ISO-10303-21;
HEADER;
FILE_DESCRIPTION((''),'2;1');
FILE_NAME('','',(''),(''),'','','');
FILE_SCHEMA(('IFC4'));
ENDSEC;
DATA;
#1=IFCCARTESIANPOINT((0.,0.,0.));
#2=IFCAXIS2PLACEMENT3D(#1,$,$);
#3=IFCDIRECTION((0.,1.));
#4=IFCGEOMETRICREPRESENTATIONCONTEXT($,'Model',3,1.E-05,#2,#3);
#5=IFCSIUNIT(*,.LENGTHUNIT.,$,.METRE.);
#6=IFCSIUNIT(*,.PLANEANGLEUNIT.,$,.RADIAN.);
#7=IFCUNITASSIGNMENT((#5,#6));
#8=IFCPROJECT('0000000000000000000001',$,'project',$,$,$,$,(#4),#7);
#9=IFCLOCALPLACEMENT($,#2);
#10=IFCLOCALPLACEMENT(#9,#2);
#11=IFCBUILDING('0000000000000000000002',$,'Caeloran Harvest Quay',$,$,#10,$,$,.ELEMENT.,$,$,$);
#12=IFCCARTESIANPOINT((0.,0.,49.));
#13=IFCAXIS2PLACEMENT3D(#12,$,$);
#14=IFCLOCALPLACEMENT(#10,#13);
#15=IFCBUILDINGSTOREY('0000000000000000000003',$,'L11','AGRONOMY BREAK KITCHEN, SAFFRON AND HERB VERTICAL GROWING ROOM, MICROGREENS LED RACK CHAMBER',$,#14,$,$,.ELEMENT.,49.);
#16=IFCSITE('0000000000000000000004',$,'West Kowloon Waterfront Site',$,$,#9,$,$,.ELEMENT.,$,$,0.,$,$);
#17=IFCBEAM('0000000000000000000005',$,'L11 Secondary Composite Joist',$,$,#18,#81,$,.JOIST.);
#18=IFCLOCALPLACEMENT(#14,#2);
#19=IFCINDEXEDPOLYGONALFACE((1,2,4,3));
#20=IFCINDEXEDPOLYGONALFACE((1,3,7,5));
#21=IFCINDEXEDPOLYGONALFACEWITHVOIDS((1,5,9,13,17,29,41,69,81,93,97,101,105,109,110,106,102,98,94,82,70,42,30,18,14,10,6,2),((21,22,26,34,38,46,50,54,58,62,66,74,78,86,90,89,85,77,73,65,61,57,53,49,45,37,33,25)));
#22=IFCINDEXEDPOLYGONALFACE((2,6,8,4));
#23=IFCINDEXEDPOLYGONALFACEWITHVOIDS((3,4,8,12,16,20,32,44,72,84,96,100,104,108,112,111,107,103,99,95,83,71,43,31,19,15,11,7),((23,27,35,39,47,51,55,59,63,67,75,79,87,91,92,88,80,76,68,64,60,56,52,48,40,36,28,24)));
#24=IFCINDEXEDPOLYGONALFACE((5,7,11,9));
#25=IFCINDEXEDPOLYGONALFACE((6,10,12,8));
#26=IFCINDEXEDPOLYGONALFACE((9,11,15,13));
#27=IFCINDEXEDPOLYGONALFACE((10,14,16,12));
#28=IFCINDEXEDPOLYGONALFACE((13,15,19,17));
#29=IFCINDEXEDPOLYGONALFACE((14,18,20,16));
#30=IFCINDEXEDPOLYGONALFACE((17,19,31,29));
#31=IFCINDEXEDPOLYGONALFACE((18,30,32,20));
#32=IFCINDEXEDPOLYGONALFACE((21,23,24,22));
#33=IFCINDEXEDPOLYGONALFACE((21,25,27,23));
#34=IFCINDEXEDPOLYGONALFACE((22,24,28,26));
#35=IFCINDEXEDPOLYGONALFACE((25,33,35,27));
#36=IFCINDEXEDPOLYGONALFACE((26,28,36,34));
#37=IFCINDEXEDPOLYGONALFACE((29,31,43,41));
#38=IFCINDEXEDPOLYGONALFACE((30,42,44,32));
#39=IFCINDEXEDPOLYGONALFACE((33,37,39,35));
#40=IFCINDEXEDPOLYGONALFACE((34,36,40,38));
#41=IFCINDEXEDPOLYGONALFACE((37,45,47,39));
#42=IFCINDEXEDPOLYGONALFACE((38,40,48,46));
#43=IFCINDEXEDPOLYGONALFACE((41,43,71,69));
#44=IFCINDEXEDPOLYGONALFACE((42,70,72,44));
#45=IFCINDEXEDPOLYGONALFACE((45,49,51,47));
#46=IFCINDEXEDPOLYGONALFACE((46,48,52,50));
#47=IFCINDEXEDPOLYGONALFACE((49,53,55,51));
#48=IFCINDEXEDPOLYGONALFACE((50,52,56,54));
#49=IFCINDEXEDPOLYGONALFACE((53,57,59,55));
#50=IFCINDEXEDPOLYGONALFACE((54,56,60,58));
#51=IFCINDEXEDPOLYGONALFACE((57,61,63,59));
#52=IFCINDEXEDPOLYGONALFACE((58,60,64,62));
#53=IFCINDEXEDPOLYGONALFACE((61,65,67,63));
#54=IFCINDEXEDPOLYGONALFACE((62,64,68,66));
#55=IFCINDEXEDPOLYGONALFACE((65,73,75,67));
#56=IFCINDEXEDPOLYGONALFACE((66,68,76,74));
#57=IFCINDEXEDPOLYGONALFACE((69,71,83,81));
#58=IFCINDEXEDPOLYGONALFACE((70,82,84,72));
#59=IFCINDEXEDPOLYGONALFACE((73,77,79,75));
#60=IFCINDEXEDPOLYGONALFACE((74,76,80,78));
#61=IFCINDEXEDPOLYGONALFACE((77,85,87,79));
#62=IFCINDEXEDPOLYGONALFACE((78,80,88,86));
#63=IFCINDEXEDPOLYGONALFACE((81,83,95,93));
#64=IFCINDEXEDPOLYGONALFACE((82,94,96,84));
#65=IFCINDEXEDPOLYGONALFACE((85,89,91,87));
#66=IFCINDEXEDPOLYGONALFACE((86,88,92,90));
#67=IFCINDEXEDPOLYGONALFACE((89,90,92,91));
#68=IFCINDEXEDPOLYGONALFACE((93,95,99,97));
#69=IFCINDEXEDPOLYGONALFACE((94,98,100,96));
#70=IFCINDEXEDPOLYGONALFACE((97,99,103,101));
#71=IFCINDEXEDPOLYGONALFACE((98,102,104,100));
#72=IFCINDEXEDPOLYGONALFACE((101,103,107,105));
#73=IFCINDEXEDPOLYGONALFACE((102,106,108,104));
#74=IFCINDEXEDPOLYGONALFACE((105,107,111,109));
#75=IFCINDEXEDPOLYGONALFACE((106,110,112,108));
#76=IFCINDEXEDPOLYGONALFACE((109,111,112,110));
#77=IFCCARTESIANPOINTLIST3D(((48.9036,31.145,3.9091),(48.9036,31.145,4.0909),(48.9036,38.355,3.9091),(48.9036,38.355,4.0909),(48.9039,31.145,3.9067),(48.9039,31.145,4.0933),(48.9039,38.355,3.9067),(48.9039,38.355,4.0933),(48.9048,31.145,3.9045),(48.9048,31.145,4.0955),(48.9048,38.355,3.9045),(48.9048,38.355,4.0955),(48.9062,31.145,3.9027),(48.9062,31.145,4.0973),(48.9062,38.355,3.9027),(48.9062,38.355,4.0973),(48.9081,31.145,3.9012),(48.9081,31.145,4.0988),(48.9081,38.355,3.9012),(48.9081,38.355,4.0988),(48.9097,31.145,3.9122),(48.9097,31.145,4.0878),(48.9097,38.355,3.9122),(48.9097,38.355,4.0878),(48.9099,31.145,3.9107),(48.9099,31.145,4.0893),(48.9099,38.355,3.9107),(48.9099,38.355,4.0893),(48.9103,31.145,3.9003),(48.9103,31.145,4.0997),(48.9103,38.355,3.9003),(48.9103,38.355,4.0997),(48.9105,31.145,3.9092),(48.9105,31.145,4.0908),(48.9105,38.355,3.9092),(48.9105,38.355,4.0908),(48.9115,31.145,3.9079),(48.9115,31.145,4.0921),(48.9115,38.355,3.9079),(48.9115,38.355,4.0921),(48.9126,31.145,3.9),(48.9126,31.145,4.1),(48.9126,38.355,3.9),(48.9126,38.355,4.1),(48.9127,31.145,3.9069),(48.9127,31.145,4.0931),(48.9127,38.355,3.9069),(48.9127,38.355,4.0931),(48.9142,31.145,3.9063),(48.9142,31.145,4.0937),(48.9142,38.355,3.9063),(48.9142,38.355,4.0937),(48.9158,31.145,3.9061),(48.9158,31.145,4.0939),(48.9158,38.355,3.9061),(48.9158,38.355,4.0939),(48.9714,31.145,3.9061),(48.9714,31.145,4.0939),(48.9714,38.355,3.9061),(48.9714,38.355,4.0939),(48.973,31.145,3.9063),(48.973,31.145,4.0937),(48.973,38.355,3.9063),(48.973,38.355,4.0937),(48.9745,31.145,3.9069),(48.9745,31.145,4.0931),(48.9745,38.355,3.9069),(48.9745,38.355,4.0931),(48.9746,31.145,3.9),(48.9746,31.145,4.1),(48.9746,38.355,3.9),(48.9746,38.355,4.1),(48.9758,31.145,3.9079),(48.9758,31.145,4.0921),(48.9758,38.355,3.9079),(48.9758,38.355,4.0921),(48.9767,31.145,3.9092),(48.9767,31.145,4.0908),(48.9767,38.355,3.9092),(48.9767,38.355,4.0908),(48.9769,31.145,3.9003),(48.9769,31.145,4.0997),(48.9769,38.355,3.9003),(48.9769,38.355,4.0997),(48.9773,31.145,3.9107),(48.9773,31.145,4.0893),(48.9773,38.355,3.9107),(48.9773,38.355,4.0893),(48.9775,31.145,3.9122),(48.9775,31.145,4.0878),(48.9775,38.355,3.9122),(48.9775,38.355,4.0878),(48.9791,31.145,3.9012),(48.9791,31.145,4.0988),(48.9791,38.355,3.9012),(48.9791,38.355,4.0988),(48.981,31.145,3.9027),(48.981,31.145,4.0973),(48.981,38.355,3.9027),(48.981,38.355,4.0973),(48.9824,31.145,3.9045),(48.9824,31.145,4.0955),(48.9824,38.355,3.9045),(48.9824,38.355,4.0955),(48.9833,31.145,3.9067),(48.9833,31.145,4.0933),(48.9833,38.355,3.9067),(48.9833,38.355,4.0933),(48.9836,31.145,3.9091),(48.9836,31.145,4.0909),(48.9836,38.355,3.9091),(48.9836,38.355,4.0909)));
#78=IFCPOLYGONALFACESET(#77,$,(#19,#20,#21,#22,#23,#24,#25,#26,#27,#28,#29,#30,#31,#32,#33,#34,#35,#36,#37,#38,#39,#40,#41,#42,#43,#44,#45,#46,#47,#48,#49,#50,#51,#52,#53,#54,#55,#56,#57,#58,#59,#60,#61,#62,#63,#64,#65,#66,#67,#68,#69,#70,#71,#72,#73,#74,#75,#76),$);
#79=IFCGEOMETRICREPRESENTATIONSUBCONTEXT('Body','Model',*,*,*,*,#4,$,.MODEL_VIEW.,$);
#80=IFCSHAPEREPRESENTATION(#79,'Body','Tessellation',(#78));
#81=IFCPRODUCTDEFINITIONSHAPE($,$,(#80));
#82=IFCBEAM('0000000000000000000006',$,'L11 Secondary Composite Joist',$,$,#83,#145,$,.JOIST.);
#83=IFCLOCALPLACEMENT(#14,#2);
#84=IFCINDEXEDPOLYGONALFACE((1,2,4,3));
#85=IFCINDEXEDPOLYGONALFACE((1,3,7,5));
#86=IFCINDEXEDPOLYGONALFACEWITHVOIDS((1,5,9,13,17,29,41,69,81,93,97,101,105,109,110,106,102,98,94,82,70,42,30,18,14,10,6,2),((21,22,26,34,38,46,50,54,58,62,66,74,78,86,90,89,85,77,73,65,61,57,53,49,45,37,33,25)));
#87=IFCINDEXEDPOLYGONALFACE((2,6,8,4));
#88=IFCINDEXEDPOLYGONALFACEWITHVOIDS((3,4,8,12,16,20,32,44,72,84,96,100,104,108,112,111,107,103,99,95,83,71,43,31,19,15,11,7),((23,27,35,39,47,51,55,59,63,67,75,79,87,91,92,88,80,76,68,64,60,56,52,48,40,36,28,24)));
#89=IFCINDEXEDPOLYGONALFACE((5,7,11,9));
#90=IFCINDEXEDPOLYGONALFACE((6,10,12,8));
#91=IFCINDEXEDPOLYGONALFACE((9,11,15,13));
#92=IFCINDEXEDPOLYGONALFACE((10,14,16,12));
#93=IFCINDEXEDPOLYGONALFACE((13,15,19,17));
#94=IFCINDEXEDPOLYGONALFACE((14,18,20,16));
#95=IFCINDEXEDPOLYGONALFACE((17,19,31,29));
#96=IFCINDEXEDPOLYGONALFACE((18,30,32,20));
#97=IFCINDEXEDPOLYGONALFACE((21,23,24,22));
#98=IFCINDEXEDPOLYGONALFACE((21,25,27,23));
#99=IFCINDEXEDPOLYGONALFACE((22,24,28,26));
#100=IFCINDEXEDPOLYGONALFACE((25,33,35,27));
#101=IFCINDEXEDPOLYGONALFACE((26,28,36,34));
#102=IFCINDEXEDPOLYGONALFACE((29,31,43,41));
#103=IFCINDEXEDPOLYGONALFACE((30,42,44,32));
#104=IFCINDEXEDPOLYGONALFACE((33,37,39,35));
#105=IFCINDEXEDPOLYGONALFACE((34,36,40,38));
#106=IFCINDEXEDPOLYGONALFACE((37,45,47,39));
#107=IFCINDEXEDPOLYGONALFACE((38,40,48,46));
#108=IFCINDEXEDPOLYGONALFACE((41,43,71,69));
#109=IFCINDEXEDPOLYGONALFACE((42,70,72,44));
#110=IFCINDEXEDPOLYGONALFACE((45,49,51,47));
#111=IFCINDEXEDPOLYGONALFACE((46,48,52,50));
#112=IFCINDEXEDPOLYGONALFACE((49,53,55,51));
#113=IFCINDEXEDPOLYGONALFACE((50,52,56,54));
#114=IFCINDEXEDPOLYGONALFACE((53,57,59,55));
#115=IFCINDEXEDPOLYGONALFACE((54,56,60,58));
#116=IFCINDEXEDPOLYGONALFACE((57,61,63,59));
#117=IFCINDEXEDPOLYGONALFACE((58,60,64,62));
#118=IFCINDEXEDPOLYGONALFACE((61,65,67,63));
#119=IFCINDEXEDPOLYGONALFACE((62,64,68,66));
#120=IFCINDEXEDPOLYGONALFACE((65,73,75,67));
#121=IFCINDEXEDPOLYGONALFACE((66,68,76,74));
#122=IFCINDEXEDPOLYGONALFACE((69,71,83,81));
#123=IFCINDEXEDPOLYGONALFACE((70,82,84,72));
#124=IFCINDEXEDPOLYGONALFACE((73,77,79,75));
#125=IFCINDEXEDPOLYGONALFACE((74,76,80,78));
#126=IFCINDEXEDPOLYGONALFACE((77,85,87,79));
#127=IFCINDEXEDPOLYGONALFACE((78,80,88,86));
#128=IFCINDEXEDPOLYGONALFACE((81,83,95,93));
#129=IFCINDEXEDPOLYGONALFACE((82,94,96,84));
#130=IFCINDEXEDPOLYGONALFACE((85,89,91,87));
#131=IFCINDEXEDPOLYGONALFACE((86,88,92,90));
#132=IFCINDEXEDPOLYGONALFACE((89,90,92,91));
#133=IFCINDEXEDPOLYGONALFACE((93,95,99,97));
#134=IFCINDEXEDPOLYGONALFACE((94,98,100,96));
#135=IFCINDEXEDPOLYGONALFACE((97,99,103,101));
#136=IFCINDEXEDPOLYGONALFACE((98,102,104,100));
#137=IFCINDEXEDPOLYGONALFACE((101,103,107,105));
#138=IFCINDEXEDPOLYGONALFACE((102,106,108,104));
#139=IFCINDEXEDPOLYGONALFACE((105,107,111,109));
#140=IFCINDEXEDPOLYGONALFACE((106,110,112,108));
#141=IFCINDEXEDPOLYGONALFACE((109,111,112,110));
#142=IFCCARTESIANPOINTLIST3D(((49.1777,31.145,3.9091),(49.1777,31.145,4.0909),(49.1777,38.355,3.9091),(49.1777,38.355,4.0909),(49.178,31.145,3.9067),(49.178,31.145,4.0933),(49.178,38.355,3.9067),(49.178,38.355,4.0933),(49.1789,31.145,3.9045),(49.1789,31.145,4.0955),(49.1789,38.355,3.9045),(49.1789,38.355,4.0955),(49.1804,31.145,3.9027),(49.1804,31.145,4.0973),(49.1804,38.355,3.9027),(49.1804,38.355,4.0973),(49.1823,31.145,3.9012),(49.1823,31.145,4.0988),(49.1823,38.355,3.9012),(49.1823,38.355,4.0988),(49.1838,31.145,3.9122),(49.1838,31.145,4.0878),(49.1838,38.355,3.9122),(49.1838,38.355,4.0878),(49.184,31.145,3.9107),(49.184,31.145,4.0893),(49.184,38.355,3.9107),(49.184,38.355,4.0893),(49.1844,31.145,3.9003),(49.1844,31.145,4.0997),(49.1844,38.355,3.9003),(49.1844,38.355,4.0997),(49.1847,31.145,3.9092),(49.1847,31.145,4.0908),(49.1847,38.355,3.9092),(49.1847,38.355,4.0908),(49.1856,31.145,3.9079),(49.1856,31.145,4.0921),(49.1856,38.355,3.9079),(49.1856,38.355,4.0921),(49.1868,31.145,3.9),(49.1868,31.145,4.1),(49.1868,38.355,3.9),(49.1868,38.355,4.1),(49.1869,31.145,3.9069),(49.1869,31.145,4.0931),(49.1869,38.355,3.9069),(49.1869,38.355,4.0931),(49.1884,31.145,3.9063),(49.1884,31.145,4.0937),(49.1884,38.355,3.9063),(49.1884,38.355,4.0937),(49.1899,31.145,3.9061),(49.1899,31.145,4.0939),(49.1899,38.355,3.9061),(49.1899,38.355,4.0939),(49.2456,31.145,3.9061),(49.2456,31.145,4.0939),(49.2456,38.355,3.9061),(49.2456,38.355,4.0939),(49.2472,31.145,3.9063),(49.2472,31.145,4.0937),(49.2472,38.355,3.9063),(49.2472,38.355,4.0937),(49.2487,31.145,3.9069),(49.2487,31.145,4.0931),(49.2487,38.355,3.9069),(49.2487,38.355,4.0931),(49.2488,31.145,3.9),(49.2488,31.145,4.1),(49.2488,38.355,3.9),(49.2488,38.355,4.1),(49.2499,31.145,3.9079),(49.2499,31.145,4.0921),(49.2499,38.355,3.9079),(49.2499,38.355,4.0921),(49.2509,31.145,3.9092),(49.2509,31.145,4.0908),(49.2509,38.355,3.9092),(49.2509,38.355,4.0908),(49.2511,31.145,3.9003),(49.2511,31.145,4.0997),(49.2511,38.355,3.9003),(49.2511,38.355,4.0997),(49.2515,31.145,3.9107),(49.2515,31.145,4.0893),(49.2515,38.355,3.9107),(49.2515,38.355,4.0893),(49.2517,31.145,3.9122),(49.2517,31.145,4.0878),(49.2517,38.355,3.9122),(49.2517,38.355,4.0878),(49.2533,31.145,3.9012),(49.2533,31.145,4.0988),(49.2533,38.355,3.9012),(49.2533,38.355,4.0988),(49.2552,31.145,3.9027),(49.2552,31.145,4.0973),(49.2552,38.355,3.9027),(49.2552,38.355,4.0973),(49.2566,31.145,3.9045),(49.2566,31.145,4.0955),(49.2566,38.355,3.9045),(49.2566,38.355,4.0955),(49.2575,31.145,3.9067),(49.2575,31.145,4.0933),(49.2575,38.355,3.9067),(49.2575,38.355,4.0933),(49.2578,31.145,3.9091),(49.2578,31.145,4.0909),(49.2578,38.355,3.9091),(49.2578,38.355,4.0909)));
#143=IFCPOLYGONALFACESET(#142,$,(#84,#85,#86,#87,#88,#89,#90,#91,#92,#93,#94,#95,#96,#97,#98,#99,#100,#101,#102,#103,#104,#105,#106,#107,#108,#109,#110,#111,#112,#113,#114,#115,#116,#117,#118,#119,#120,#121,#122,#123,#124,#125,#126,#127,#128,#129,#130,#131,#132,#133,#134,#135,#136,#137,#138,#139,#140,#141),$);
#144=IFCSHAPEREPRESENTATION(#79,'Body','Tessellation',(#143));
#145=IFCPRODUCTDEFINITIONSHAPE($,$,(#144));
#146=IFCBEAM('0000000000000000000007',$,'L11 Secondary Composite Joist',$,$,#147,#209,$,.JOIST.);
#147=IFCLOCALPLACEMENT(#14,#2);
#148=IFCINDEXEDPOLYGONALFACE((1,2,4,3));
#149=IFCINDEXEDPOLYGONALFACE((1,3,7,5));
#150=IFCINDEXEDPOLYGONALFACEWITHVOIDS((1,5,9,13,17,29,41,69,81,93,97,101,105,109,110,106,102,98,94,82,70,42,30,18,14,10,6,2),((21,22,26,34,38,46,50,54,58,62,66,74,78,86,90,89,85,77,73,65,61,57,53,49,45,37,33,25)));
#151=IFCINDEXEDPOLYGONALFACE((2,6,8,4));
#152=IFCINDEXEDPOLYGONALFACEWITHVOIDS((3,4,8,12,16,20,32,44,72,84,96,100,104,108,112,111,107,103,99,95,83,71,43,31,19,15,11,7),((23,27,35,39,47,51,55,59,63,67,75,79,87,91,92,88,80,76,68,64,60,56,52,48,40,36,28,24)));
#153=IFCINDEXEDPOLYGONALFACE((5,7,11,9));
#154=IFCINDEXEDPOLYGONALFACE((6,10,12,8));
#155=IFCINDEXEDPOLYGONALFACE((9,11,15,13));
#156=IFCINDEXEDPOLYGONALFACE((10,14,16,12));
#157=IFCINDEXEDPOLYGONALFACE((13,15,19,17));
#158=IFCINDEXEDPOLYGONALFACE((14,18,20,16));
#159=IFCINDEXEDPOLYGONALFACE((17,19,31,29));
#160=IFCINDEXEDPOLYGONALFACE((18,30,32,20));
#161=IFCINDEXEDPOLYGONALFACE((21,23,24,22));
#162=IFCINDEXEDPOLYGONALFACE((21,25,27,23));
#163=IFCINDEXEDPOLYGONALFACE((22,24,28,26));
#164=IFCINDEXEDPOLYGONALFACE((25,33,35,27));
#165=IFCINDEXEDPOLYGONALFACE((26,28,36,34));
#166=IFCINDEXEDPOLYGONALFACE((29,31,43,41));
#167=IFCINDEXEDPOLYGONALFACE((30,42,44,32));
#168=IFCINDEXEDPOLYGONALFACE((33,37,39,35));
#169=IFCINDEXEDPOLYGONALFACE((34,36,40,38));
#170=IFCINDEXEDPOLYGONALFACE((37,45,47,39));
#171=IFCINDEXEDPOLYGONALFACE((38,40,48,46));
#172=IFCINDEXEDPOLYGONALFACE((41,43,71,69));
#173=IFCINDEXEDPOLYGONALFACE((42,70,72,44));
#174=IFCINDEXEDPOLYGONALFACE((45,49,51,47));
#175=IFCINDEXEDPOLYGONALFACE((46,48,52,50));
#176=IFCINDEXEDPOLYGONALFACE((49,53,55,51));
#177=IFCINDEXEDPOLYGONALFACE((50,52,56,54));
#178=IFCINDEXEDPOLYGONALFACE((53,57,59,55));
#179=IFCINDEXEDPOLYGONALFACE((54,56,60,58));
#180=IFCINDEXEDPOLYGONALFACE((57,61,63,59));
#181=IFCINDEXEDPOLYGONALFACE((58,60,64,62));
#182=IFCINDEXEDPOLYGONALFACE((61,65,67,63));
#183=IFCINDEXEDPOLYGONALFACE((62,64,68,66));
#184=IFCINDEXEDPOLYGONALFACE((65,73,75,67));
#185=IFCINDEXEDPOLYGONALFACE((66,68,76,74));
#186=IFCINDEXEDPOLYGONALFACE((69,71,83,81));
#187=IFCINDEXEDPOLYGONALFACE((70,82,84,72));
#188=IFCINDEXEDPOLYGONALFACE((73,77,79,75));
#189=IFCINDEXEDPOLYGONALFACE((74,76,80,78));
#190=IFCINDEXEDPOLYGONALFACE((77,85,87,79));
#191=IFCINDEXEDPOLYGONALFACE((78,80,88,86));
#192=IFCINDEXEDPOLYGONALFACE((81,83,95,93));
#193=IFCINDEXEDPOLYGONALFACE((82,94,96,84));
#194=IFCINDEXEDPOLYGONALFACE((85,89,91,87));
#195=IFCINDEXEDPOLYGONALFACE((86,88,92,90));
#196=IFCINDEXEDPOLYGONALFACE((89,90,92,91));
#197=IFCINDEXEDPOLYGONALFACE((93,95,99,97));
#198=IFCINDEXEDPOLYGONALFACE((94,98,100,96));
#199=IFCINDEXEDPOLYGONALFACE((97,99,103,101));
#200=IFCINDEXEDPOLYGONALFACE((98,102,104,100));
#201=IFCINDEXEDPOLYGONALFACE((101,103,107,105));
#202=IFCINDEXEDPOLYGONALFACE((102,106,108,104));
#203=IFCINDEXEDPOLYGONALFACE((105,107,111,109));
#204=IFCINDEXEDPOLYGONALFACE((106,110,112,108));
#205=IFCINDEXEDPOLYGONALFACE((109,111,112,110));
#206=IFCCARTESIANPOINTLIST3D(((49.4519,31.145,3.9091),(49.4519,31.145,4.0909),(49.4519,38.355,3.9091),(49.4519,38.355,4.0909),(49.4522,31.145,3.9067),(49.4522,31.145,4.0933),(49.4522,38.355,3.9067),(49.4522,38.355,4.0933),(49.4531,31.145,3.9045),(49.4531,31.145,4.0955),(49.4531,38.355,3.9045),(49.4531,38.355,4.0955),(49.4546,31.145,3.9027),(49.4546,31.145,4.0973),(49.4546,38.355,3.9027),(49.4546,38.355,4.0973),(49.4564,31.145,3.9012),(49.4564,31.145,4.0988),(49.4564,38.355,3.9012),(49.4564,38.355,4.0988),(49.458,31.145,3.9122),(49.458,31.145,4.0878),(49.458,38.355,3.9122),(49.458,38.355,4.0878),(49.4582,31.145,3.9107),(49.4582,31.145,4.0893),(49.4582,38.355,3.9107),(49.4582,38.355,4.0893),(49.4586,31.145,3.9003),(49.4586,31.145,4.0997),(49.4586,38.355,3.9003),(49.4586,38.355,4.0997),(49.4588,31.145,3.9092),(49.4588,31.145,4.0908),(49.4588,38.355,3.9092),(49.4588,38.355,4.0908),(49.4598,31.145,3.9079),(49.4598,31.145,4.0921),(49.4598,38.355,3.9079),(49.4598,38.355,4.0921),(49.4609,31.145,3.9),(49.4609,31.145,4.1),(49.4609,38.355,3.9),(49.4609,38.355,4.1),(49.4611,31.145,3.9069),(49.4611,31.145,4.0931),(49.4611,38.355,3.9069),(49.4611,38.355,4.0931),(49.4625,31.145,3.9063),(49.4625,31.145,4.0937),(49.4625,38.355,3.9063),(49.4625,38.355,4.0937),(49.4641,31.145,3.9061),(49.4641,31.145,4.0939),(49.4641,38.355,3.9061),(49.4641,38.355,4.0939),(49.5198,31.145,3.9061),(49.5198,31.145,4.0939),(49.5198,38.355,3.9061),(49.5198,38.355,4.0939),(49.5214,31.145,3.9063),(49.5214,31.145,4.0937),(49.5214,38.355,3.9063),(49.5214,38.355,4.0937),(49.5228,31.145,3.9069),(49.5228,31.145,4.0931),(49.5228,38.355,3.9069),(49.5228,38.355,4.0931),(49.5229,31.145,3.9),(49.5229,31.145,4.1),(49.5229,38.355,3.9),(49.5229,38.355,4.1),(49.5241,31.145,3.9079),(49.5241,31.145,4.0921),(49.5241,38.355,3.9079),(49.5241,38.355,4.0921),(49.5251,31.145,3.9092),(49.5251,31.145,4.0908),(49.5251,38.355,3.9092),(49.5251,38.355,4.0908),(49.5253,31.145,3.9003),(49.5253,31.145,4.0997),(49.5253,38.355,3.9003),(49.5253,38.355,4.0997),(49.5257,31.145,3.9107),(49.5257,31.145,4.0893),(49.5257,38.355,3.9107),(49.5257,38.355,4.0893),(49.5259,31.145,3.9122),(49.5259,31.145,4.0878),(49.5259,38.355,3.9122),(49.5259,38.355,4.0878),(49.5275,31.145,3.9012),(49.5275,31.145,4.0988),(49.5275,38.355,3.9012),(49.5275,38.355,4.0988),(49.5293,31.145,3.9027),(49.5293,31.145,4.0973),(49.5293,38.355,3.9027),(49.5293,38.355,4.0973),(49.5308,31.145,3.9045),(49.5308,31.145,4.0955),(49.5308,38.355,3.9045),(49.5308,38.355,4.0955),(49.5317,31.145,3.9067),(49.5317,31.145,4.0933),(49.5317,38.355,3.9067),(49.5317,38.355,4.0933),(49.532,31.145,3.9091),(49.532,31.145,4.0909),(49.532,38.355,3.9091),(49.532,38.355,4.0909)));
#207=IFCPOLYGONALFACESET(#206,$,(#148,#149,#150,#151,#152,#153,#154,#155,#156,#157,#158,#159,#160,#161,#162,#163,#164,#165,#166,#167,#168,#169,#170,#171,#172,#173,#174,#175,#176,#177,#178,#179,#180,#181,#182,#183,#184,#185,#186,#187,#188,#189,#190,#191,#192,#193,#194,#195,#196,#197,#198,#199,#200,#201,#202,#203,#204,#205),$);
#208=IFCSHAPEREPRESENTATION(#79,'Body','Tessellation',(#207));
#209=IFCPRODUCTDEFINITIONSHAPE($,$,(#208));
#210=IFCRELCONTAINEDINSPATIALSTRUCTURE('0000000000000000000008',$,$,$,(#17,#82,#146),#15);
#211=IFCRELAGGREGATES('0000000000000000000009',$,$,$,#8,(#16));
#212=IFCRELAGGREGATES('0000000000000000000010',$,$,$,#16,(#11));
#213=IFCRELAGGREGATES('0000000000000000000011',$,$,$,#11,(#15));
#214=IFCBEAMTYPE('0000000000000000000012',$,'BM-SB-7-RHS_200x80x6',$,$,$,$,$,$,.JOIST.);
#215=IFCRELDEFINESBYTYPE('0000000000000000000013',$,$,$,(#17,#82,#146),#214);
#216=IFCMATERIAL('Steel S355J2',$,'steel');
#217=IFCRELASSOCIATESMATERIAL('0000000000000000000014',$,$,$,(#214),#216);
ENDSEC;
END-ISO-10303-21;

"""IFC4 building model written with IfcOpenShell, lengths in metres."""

from ifc_helpers import new_model, si_unit, direction, frame, origin, origin_2d, place, context, subcontext, project, spatial, hollow_rectangle, extrude, material, material_profile, profile_set, type_object, element, save


model = new_model("IFC4")

# Units and contexts
model_context = context("Model", 3, precision=1e-05, world=origin(), true_north=direction((0.0, 1.0)))
body_context = subcontext(model_context, "Body", "Model", "MODEL_VIEW")
ifc_project = project(units=[si_unit("LENGTHUNIT", "METRE"), si_unit("PLANEANGLEUNIT", "RADIAN")], contexts=[model_context])

# Site, building, storey
site_placement = place(None, origin())
site = spatial("IfcSite", under=ifc_project, at=site_placement, Name="West Kowloon Waterfront Site", CompositionType="ELEMENT", RefElevation=0.0)
building_placement = place(site_placement, origin())
building = spatial("IfcBuilding", under=site, at=building_placement, Name="Caeloran Harvest Quay", CompositionType="ELEMENT")
storey_placement = place(building_placement, frame((0.0, 0.0, 49.0)))
storey = spatial("IfcBuildingStorey", under=building, at=storey_placement, Name="L11", Description="AGRONOMY BREAK KITCHEN, SAFFRON AND HERB VERTICAL GROWING ROOM, MICROGREENS LED RACK CHAMBER", CompositionType="ELEMENT", Elevation=49.0)

# Beams
ifc_material_1 = material(Name="Steel S355J2", Category="steel")
ifc_material_profile_1 = material_profile(ifc_material_1, hollow_rectangle(XDim=0.0801, YDim=0.2, WallThickness=0.0061, InnerFilletRadius=0.0061, OuterFilletRadius=0.009, at=origin_2d()), Name="RHS 200x80x6")
ifc_profile_set_1 = profile_set([ifc_material_profile_1], Name="Steel S355J2")
beam_type_1 = type_object("IfcBeamType", Name="BM-SB-7-RHS_200x80x6", PredefinedType="JOIST", material=ifc_profile_set_1)
for number, where, z_axis, x_axis, name in (
    (1, (48.9436, 31.145, 4.0), (0.0, 1.0, 0.0), (-1.0, 0.0, 0.0), "L11 Secondary Composite Joist"),
    (2, (49.2178, 31.145, 4.0), (0.0, 1.0, 0.0), (-1.0, 0.0, 0.0), "L11 Secondary Composite Joist"),
    (3, (49.4919, 31.145, 4.0), (0.0, 1.0, 0.0), (-1.0, 0.0, 0.0), "L11 Secondary Composite Joist"),
):
    element("IfcBeam", number, at=place(storey_placement, frame(where, z_axis=z_axis, x_axis=x_axis)), inside=storey, type_object=beam_type_1, Name=name, PredefinedType="JOIST", context=body_context, shape_type="SweptSolid", body=[
        extrude(hollow_rectangle(XDim=0.0801, YDim=0.2, WallThickness=0.0061, InnerFilletRadius=0.0061, OuterFilletRadius=0.009, at=origin_2d()), origin(), (0.0, 0.0, 1.0), 7.21),
    ])

save(model, "model.ifc")
